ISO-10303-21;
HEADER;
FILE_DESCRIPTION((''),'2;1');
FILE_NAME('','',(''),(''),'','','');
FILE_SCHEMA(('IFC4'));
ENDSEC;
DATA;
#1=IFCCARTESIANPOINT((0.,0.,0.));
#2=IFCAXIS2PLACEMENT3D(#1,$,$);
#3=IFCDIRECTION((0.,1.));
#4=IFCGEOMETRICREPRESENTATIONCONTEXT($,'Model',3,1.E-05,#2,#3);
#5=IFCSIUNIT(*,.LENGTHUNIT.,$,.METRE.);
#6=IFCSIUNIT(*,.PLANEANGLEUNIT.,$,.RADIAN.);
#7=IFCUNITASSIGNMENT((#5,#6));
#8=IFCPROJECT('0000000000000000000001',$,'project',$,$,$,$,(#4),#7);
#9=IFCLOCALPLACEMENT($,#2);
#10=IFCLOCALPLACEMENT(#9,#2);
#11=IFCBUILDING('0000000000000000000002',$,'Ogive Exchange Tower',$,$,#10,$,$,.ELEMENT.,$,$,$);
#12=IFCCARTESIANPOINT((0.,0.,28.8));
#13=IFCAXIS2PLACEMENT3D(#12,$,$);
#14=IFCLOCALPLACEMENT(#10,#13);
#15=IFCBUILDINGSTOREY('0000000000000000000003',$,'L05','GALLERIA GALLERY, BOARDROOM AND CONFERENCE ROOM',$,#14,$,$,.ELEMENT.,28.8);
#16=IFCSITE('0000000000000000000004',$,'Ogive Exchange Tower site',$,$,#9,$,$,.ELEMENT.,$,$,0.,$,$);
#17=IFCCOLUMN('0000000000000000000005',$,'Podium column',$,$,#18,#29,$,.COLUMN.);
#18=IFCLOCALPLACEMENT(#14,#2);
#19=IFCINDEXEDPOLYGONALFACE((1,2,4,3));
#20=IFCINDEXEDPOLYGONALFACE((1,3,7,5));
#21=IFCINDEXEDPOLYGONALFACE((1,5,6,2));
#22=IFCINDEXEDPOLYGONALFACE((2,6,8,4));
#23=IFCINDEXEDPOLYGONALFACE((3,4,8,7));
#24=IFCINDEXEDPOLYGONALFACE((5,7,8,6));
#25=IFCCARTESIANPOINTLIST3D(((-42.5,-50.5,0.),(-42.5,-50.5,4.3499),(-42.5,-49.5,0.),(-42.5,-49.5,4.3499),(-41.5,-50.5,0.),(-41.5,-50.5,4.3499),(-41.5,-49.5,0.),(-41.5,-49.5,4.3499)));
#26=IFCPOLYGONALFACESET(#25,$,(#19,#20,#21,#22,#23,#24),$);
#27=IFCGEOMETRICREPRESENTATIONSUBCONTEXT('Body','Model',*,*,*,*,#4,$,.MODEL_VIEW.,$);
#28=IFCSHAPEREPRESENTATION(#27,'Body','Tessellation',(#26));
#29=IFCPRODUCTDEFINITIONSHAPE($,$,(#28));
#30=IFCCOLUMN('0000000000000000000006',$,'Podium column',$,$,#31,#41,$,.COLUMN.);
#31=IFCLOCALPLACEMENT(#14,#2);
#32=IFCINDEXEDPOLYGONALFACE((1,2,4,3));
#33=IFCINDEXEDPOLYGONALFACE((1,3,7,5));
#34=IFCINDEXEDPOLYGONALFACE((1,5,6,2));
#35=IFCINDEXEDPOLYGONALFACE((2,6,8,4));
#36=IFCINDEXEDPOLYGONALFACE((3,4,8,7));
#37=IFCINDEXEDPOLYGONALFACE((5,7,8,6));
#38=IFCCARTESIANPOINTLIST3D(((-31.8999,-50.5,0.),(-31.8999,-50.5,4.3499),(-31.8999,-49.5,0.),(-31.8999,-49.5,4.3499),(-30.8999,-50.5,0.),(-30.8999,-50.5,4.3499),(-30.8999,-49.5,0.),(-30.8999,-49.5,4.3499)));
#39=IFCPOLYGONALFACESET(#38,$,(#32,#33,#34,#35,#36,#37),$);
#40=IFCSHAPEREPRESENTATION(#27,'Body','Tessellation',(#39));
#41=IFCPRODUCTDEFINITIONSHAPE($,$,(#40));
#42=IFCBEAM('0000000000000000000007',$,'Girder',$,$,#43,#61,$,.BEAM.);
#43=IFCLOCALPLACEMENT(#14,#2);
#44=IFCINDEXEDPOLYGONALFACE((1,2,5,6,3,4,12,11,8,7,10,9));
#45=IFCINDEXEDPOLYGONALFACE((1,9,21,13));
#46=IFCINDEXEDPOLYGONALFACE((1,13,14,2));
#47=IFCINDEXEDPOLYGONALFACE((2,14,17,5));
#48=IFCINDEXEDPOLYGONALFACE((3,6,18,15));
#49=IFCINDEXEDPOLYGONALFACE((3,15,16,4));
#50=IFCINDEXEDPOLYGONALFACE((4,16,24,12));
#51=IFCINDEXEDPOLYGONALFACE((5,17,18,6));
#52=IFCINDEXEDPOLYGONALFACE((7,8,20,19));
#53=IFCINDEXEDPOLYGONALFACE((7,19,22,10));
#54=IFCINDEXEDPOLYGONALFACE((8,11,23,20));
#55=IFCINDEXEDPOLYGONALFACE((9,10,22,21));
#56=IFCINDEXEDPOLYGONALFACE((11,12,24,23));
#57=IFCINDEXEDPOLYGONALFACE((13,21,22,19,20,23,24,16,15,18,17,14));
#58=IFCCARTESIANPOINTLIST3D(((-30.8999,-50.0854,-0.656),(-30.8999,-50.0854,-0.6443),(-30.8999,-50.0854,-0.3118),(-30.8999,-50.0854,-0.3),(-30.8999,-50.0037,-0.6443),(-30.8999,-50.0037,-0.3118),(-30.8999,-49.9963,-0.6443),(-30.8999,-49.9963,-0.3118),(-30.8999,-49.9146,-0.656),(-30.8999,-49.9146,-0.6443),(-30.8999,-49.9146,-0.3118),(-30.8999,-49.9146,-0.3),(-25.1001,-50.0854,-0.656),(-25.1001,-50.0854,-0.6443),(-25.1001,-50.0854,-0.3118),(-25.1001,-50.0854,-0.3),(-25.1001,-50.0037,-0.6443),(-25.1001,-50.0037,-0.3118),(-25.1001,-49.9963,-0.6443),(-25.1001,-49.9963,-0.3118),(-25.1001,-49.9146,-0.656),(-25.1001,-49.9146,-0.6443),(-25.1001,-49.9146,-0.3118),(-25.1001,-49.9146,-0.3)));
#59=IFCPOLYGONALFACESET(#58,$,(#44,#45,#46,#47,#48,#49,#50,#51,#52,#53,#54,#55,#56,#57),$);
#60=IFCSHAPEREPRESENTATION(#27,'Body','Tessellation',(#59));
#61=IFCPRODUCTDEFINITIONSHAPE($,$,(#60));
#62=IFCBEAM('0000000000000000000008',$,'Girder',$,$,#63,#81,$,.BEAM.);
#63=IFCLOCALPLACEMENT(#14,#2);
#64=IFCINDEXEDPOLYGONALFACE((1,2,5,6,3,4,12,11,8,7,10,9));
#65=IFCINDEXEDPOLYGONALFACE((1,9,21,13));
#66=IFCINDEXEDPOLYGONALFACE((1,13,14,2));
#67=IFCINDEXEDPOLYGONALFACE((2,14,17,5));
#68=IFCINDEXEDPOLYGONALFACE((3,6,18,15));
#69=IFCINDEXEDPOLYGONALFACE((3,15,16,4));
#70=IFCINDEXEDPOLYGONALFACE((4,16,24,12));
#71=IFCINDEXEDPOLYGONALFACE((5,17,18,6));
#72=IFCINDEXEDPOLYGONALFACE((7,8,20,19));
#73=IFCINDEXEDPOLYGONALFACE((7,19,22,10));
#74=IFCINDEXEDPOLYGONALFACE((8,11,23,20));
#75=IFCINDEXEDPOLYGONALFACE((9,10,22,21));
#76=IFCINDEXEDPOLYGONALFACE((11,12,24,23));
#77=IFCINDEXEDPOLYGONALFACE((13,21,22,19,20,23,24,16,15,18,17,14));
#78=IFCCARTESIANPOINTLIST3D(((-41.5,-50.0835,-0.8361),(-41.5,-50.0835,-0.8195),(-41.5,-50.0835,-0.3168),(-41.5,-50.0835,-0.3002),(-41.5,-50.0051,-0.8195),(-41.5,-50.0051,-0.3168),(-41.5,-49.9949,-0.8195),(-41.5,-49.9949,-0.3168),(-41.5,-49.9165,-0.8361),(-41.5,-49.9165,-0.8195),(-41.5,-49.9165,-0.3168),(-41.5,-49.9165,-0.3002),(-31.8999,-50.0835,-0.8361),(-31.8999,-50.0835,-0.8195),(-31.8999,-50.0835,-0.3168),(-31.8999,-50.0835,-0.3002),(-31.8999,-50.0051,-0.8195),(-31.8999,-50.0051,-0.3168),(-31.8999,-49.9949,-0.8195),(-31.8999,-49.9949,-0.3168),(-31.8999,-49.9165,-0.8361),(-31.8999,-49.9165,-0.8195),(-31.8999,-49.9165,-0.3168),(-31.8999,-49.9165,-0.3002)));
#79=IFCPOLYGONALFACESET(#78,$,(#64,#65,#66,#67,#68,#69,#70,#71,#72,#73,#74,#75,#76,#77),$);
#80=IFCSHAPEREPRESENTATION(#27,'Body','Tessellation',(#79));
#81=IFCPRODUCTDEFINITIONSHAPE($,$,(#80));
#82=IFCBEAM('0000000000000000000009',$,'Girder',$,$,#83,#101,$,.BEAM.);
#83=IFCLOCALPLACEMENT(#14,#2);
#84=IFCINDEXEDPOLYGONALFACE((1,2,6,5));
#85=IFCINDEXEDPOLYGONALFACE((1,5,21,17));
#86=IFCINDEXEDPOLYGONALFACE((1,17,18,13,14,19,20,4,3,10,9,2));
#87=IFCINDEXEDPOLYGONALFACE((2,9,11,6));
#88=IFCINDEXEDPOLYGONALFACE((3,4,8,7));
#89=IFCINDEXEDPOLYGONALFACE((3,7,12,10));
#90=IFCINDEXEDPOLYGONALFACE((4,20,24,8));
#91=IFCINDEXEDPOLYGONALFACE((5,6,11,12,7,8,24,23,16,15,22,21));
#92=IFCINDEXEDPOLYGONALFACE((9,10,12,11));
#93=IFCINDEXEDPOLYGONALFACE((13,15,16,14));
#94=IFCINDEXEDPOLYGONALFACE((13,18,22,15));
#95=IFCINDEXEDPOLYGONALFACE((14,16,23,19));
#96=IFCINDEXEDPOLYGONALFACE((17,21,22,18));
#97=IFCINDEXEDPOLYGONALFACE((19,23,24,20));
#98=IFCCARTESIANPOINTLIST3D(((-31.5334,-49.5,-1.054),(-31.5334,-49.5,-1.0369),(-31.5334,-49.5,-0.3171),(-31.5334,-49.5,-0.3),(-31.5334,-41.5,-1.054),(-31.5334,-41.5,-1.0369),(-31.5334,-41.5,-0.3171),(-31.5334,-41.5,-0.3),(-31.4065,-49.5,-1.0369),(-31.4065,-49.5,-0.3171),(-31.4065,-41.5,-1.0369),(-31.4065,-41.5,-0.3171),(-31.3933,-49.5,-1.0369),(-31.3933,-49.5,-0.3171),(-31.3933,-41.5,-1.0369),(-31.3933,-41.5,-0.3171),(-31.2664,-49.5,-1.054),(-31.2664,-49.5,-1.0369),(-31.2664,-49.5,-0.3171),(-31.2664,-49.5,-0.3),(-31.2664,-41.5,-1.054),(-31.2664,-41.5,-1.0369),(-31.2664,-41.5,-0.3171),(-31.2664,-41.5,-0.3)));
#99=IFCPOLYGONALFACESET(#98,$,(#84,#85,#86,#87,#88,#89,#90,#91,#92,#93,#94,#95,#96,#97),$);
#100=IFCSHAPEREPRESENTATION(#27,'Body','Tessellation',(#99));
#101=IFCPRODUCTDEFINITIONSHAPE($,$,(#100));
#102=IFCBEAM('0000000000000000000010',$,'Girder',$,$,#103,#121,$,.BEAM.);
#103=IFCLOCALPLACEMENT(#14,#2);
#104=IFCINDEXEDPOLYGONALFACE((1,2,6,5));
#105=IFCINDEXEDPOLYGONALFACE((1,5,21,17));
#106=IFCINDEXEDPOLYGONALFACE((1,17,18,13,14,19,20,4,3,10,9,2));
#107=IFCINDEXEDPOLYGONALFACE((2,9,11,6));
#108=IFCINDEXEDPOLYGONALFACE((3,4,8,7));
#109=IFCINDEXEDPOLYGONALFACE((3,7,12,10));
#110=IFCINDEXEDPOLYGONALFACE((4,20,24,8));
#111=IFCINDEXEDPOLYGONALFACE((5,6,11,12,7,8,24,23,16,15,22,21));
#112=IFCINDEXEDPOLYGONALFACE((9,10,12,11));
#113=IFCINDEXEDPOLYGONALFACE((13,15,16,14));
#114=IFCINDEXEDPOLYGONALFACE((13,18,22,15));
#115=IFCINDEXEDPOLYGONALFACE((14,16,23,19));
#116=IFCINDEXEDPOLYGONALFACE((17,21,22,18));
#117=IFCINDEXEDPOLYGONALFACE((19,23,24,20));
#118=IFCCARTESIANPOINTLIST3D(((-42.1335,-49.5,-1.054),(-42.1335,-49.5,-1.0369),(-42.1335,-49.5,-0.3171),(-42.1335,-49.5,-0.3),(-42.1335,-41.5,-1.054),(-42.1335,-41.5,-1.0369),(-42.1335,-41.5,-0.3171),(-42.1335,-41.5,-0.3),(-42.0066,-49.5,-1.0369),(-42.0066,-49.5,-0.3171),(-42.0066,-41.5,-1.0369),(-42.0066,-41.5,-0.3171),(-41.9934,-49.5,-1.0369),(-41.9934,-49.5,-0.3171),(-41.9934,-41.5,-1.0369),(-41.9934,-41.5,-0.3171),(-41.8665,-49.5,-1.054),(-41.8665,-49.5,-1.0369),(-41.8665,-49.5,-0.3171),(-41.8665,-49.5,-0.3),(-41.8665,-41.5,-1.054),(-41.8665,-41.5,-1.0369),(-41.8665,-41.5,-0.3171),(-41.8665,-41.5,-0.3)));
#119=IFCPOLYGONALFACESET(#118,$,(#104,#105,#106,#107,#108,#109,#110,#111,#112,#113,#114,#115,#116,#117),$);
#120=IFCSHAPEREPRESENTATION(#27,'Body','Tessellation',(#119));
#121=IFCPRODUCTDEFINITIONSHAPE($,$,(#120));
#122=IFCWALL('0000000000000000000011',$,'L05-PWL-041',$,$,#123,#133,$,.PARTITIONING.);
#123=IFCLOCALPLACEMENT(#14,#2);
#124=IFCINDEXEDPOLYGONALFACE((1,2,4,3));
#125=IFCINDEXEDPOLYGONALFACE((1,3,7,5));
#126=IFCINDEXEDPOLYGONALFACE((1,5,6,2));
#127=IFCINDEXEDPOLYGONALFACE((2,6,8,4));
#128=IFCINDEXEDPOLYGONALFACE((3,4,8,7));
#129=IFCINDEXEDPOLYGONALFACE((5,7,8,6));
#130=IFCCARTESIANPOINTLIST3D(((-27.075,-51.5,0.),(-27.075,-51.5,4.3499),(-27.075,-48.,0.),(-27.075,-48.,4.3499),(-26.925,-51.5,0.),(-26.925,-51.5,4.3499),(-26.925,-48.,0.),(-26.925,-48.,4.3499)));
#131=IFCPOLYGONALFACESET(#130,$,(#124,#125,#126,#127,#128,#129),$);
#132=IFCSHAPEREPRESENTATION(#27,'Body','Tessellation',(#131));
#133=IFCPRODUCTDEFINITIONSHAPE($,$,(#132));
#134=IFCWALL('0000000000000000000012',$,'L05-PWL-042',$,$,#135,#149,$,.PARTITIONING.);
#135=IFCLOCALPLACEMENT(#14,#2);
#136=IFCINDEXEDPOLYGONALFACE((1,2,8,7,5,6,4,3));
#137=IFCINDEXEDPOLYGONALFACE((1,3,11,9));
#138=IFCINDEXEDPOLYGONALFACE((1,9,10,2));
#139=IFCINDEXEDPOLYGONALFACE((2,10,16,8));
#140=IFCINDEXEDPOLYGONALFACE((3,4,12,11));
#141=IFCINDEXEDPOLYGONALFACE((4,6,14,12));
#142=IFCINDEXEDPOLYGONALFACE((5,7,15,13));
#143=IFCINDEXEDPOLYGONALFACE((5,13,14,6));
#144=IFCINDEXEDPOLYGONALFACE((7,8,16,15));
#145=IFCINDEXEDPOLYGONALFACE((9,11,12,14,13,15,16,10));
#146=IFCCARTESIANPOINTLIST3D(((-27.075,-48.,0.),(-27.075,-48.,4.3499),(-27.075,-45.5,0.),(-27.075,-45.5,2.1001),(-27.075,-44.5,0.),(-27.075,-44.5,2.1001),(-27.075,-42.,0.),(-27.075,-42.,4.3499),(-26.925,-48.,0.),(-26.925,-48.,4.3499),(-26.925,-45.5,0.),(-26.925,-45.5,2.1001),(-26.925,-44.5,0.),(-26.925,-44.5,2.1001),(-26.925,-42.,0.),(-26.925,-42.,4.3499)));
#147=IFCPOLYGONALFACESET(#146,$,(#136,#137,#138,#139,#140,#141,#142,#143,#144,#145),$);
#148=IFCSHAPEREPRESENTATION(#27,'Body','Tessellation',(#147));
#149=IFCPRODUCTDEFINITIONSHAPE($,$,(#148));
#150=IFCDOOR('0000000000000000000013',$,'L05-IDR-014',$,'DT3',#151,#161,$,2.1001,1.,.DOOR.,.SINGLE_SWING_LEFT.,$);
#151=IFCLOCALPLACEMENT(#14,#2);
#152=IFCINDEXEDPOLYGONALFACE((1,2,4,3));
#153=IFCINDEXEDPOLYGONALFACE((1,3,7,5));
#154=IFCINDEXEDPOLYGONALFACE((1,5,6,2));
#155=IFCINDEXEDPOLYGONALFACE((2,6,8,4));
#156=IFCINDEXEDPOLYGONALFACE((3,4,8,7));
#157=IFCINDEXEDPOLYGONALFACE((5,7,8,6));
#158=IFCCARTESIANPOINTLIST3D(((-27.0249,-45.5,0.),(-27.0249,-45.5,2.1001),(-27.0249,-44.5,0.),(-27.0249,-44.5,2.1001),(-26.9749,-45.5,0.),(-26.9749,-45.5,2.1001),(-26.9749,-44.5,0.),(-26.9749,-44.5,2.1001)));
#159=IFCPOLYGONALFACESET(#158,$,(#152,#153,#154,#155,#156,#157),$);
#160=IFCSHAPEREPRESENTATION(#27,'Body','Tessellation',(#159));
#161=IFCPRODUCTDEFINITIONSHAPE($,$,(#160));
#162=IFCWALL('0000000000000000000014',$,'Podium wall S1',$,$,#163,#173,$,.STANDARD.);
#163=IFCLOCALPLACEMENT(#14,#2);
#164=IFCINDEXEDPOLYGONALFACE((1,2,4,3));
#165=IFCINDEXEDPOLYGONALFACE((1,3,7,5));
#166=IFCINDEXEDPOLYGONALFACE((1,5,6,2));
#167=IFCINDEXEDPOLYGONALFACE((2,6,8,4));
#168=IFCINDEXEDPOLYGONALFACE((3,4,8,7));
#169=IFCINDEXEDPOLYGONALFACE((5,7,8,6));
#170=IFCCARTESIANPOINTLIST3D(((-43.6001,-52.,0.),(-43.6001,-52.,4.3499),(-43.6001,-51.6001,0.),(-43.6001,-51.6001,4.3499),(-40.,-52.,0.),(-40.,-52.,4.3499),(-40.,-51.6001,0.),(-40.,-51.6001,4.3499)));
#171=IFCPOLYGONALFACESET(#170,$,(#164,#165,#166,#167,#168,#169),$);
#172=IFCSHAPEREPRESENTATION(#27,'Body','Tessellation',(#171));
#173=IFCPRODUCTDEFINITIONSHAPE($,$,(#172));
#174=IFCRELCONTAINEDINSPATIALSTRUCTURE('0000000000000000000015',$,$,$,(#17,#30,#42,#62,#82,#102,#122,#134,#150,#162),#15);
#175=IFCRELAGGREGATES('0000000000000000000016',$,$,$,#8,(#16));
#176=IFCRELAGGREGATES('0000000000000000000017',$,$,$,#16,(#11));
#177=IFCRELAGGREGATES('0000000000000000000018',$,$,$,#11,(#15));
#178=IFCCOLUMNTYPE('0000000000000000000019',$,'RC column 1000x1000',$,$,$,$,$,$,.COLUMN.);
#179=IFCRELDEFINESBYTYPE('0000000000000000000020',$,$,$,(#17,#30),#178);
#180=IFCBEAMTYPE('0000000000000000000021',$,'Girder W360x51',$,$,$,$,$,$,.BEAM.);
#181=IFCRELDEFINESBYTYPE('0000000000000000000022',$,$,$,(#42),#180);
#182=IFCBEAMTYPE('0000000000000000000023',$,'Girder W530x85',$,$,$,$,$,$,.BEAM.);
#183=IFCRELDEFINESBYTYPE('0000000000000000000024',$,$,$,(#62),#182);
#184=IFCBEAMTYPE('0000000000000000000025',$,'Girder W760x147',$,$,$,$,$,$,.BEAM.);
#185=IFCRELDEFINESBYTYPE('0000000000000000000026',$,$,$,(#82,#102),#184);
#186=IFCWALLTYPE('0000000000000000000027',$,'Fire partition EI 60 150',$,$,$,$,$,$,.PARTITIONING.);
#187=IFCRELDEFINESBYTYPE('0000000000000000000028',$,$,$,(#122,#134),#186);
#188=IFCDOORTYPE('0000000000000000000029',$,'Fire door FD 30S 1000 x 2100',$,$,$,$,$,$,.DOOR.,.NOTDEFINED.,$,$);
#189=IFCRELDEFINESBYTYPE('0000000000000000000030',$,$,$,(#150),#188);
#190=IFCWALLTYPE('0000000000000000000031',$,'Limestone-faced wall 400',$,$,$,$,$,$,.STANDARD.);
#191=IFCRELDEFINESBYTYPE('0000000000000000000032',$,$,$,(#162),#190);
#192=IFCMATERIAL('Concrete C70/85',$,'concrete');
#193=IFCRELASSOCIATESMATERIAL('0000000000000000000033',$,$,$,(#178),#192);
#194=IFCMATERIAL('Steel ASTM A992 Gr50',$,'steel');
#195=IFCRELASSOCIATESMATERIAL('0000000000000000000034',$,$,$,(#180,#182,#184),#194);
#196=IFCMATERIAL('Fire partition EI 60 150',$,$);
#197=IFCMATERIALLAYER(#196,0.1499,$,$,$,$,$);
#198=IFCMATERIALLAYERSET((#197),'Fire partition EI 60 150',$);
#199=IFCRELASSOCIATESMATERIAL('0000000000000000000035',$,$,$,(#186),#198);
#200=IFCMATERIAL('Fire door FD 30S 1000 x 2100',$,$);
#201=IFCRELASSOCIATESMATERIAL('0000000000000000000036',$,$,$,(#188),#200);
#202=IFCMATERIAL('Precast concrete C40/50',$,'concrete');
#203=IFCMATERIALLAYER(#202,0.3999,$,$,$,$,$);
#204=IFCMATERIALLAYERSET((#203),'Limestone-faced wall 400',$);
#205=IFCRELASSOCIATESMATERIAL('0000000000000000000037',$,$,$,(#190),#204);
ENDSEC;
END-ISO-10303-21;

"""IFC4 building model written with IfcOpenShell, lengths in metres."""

from ifc_helpers import new_model, si_unit, direction, frame, frame_2d, origin, origin_2d, place, context, subcontext, project, spatial, rectangle, i_section, extrude, material, layer, layer_set, material_profile, profile_set, type_object, element, fill, save


model = new_model("IFC4")

# Units and contexts
model_context = context("Model", 3, precision=1e-05, world=origin(), true_north=direction((0.0, 1.0)))
body_context = subcontext(model_context, "Body", "Model", "MODEL_VIEW")
ifc_project = project(units=[si_unit("LENGTHUNIT", "METRE"), si_unit("PLANEANGLEUNIT", "RADIAN")], contexts=[model_context])

# Site, building, storey
site_placement = place(None, origin())
site = spatial("IfcSite", under=ifc_project, at=site_placement, Name="Ogive Exchange Tower site", CompositionType="ELEMENT", RefElevation=0.0)
building_placement = place(site_placement, origin())
building = spatial("IfcBuilding", under=site, at=building_placement, Name="Ogive Exchange Tower", CompositionType="ELEMENT")
storey_placement = place(building_placement, frame((0.0, 0.0, 28.8)))
storey = spatial("IfcBuildingStorey", under=building, at=storey_placement, Name="L05", Description="GALLERIA GALLERY, BOARDROOM AND CONFERENCE ROOM", CompositionType="ELEMENT", Elevation=28.8)

# Columns
ifc_material_1 = material(Name="Concrete C70/85", Category="concrete")
ifc_material_profile_1 = material_profile(ifc_material_1, rectangle(XDim=1.0, YDim=1.0, at=origin_2d()), Name="RC 1000x1000")
ifc_profile_set_1 = profile_set([ifc_material_profile_1], Name="Concrete C70/85")
column_type = type_object("IfcColumnType", Name="RC column 1000x1000", PredefinedType="COLUMN", material=ifc_profile_set_1)
for number, where, z_axis, x_axis, name in (
    (1, (-42.0, -50.0, 0.0), (0.0, 0.0, 1.0), (1.0, 0.0, 0.0), "Podium column"),
    (2, (-31.3999, -50.0, 0.0), (0.0, 0.0, 1.0), (1.0, 0.0, 0.0), "Podium column"),
):
    element("IfcColumn", number, at=place(storey_placement, frame(where, z_axis=z_axis, x_axis=x_axis)), inside=storey, type_object=column_type, Name=name, PredefinedType="COLUMN", context=body_context, shape_type="SweptSolid", body=[
        extrude(rectangle(XDim=1.0, YDim=1.0, at=origin_2d()), origin(), (0.0, 0.0, 1.0), 4.3499),
    ])

# Beams
ifc_material_2 = material(Name="Steel ASTM A992 Gr50", Category="steel")
ifc_material_profile_2 = material_profile(ifc_material_2, i_section(OverallWidth=0.1709, OverallDepth=0.356, WebThickness=0.0073, FlangeThickness=0.0117, at=origin_2d()), Name="W360x51")
ifc_profile_set_2 = profile_set([ifc_material_profile_2], Name="Steel ASTM A992 Gr50")
beam_type_1 = type_object("IfcBeamType", Name="Girder W360x51", PredefinedType="BEAM", material=ifc_profile_set_2)
beam_1_placement = place(storey_placement, frame((-30.8999, -50.0, -0.478), z_axis=(1.0, 0.0, 0.0), x_axis=(0.0, 1.0, 0.0)))
element("IfcBeam", 3, at=beam_1_placement, inside=storey, type_object=beam_type_1, Name="Girder", PredefinedType="BEAM", context=body_context, shape_type="SweptSolid", body=[
    extrude(i_section(OverallWidth=0.1709, OverallDepth=0.356, WebThickness=0.0073, FlangeThickness=0.0117, at=origin_2d()), origin(), (0.0, 0.0, 1.0), 5.7998),
])
ifc_material_profile_3 = material_profile(ifc_material_2, i_section(OverallWidth=0.167, OverallDepth=0.5359, WebThickness=0.0103, FlangeThickness=0.0166, at=origin_2d()), Name="W530x85")
ifc_profile_set_3 = profile_set([ifc_material_profile_3], Name="Steel ASTM A992 Gr50")
beam_type_2 = type_object("IfcBeamType", Name="Girder W530x85", PredefinedType="BEAM", material=ifc_profile_set_3)
beam_2_placement = place(storey_placement, frame((-41.5, -50.0, -0.5681), z_axis=(1.0, 0.0, 0.0), x_axis=(0.0, 1.0, 0.0)))
element("IfcBeam", 4, at=beam_2_placement, inside=storey, type_object=beam_type_2, Name="Girder", PredefinedType="BEAM", context=body_context, shape_type="SweptSolid", body=[
    extrude(i_section(OverallWidth=0.167, OverallDepth=0.5359, WebThickness=0.0103, FlangeThickness=0.0166, at=origin_2d()), origin(), (0.0, 0.0, 1.0), 9.6001),
])
ifc_material_profile_4 = material_profile(ifc_material_2, i_section(OverallWidth=0.2671, OverallDepth=0.7539, WebThickness=0.0132, FlangeThickness=0.0171, at=origin_2d()), Name="W760x147")
ifc_profile_set_4 = profile_set([ifc_material_profile_4], Name="Steel ASTM A992 Gr50")
beam_type_3 = type_object("IfcBeamType", Name="Girder W760x147", PredefinedType="BEAM", material=ifc_profile_set_4)
for number, where, z_axis, x_axis, name in (
    (5, (-31.3999, -49.5, -0.677), (0.0, 1.0, 0.0), (-1.0, 0.0, 0.0), "Girder"),
    (6, (-42.0, -49.5, -0.677), (0.0, 1.0, 0.0), (-1.0, 0.0, 0.0), "Girder"),
):
    element("IfcBeam", number, at=place(storey_placement, frame(where, z_axis=z_axis, x_axis=x_axis)), inside=storey, type_object=beam_type_3, Name=name, PredefinedType="BEAM", context=body_context, shape_type="SweptSolid", body=[
        extrude(i_section(OverallWidth=0.2671, OverallDepth=0.7539, WebThickness=0.0132, FlangeThickness=0.0171, at=origin_2d()), origin(), (0.0, 0.0, 1.0), 8.0),
    ])

# Wall
ifc_material_3 = material(Name="Fire partition EI 60 150")
ifc_layer_1 = layer(ifc_material_3, 0.1499)
ifc_layer_set_1 = layer_set([ifc_layer_1], Name="Fire partition EI 60 150")
wall_type_1 = type_object("IfcWallType", Name="Fire partition EI 60 150", PredefinedType="PARTITIONING", material=ifc_layer_set_1)
wall_1_placement = place(storey_placement, frame((-27.0, -51.5, 0.0), z_axis=(0.0, 0.0, 1.0), x_axis=(0.0, 1.0, 0.0)))
element("IfcWall", 7, at=wall_1_placement, inside=storey, type_object=wall_type_1, Name="L05-PWL-041", PredefinedType="PARTITIONING", context=body_context, shape_type="SweptSolid", body=[
    extrude(rectangle(XDim=3.5, YDim=0.1499, at=frame_2d((1.75, 0.0))), origin(), (0.0, 0.0, 1.0), 4.3499),
])

# Wall, opening, door
wall_2_placement = place(storey_placement, frame((-27.0, -48.0, 0.0), z_axis=(0.0, 0.0, 1.0), x_axis=(0.0, 1.0, 0.0)))
wall_2 = element("IfcWall", 8, at=wall_2_placement, inside=storey, type_object=wall_type_1, Name="L05-PWL-042", PredefinedType="PARTITIONING", context=body_context, shape_type="SweptSolid", body=[
    extrude(rectangle(XDim=6.0, YDim=0.1499, at=frame_2d((3.0, 0.0))), origin(), (0.0, 0.0, 1.0), 4.3499),
])
opening_1_placement = place(wall_2_placement, frame((2.5, 0.0, 0.0)))
opening_1 = element("IfcOpeningElement", 9, at=opening_1_placement, cuts=wall_2, PredefinedType="OPENING", context=body_context, shape_type="SweptSolid", body=[
    extrude(rectangle(XDim=1.0, YDim=2.1001, at=frame_2d((0.5, 1.05))), frame((0.0, 0.085, 0.0), z_axis=(0.0, -1.0, 0.0), x_axis=(1.0, 0.0, 0.0)), (0.0, 0.0, 1.0), 0.1699),
])
ifc_material_4 = material(Name="Fire door FD 30S 1000 x 2100")
door_type_1 = type_object("IfcDoorType", Name="Fire door FD 30S 1000 x 2100", OperationType="NOTDEFINED", PredefinedType="DOOR", material=ifc_material_4)
door_1_placement = place(opening_1_placement, origin())
door_1 = element("IfcDoor", 10, at=door_1_placement, inside=storey, type_object=door_type_1, Name="L05-IDR-014", ObjectType="DT3", OperationType="SINGLE_SWING_LEFT", OverallHeight=2.1001, OverallWidth=1.0, PredefinedType="DOOR", context=body_context, shape_type="SweptSolid", body=[
    extrude(rectangle(XDim=1.0, YDim=2.1001, at=frame_2d((0.5, 1.05))), frame((0.0, 0.0249, 0.0), z_axis=(0.0, -1.0, 0.0), x_axis=(1.0, 0.0, 0.0)), (0.0, 0.0, 1.0), 0.05),
])
fill(opening_1, door_1)

# Wall
ifc_material_5 = material(Name="Precast concrete C40/50", Category="concrete")
ifc_layer_2 = layer(ifc_material_5, 0.3999)
ifc_layer_set_2 = layer_set([ifc_layer_2], Name="Limestone-faced wall 400")
wall_type_2 = type_object("IfcWallType", Name="Limestone-faced wall 400", PredefinedType="STANDARD", material=ifc_layer_set_2)
wall_3_placement = place(storey_placement, frame((-43.6001, -51.8, 0.0), z_axis=(0.0, 0.0, 1.0), x_axis=(1.0, 0.0, 0.0)))
element("IfcWall", 11, at=wall_3_placement, inside=storey, type_object=wall_type_2, Name="Podium wall S1", PredefinedType="STANDARD", context=body_context, shape_type="SweptSolid", body=[
    extrude(rectangle(XDim=3.6001, YDim=0.3999, at=frame_2d((1.8, 0.0))), origin(), (0.0, 0.0, 1.0), 4.3499),
])

save(model, "model.ifc")
